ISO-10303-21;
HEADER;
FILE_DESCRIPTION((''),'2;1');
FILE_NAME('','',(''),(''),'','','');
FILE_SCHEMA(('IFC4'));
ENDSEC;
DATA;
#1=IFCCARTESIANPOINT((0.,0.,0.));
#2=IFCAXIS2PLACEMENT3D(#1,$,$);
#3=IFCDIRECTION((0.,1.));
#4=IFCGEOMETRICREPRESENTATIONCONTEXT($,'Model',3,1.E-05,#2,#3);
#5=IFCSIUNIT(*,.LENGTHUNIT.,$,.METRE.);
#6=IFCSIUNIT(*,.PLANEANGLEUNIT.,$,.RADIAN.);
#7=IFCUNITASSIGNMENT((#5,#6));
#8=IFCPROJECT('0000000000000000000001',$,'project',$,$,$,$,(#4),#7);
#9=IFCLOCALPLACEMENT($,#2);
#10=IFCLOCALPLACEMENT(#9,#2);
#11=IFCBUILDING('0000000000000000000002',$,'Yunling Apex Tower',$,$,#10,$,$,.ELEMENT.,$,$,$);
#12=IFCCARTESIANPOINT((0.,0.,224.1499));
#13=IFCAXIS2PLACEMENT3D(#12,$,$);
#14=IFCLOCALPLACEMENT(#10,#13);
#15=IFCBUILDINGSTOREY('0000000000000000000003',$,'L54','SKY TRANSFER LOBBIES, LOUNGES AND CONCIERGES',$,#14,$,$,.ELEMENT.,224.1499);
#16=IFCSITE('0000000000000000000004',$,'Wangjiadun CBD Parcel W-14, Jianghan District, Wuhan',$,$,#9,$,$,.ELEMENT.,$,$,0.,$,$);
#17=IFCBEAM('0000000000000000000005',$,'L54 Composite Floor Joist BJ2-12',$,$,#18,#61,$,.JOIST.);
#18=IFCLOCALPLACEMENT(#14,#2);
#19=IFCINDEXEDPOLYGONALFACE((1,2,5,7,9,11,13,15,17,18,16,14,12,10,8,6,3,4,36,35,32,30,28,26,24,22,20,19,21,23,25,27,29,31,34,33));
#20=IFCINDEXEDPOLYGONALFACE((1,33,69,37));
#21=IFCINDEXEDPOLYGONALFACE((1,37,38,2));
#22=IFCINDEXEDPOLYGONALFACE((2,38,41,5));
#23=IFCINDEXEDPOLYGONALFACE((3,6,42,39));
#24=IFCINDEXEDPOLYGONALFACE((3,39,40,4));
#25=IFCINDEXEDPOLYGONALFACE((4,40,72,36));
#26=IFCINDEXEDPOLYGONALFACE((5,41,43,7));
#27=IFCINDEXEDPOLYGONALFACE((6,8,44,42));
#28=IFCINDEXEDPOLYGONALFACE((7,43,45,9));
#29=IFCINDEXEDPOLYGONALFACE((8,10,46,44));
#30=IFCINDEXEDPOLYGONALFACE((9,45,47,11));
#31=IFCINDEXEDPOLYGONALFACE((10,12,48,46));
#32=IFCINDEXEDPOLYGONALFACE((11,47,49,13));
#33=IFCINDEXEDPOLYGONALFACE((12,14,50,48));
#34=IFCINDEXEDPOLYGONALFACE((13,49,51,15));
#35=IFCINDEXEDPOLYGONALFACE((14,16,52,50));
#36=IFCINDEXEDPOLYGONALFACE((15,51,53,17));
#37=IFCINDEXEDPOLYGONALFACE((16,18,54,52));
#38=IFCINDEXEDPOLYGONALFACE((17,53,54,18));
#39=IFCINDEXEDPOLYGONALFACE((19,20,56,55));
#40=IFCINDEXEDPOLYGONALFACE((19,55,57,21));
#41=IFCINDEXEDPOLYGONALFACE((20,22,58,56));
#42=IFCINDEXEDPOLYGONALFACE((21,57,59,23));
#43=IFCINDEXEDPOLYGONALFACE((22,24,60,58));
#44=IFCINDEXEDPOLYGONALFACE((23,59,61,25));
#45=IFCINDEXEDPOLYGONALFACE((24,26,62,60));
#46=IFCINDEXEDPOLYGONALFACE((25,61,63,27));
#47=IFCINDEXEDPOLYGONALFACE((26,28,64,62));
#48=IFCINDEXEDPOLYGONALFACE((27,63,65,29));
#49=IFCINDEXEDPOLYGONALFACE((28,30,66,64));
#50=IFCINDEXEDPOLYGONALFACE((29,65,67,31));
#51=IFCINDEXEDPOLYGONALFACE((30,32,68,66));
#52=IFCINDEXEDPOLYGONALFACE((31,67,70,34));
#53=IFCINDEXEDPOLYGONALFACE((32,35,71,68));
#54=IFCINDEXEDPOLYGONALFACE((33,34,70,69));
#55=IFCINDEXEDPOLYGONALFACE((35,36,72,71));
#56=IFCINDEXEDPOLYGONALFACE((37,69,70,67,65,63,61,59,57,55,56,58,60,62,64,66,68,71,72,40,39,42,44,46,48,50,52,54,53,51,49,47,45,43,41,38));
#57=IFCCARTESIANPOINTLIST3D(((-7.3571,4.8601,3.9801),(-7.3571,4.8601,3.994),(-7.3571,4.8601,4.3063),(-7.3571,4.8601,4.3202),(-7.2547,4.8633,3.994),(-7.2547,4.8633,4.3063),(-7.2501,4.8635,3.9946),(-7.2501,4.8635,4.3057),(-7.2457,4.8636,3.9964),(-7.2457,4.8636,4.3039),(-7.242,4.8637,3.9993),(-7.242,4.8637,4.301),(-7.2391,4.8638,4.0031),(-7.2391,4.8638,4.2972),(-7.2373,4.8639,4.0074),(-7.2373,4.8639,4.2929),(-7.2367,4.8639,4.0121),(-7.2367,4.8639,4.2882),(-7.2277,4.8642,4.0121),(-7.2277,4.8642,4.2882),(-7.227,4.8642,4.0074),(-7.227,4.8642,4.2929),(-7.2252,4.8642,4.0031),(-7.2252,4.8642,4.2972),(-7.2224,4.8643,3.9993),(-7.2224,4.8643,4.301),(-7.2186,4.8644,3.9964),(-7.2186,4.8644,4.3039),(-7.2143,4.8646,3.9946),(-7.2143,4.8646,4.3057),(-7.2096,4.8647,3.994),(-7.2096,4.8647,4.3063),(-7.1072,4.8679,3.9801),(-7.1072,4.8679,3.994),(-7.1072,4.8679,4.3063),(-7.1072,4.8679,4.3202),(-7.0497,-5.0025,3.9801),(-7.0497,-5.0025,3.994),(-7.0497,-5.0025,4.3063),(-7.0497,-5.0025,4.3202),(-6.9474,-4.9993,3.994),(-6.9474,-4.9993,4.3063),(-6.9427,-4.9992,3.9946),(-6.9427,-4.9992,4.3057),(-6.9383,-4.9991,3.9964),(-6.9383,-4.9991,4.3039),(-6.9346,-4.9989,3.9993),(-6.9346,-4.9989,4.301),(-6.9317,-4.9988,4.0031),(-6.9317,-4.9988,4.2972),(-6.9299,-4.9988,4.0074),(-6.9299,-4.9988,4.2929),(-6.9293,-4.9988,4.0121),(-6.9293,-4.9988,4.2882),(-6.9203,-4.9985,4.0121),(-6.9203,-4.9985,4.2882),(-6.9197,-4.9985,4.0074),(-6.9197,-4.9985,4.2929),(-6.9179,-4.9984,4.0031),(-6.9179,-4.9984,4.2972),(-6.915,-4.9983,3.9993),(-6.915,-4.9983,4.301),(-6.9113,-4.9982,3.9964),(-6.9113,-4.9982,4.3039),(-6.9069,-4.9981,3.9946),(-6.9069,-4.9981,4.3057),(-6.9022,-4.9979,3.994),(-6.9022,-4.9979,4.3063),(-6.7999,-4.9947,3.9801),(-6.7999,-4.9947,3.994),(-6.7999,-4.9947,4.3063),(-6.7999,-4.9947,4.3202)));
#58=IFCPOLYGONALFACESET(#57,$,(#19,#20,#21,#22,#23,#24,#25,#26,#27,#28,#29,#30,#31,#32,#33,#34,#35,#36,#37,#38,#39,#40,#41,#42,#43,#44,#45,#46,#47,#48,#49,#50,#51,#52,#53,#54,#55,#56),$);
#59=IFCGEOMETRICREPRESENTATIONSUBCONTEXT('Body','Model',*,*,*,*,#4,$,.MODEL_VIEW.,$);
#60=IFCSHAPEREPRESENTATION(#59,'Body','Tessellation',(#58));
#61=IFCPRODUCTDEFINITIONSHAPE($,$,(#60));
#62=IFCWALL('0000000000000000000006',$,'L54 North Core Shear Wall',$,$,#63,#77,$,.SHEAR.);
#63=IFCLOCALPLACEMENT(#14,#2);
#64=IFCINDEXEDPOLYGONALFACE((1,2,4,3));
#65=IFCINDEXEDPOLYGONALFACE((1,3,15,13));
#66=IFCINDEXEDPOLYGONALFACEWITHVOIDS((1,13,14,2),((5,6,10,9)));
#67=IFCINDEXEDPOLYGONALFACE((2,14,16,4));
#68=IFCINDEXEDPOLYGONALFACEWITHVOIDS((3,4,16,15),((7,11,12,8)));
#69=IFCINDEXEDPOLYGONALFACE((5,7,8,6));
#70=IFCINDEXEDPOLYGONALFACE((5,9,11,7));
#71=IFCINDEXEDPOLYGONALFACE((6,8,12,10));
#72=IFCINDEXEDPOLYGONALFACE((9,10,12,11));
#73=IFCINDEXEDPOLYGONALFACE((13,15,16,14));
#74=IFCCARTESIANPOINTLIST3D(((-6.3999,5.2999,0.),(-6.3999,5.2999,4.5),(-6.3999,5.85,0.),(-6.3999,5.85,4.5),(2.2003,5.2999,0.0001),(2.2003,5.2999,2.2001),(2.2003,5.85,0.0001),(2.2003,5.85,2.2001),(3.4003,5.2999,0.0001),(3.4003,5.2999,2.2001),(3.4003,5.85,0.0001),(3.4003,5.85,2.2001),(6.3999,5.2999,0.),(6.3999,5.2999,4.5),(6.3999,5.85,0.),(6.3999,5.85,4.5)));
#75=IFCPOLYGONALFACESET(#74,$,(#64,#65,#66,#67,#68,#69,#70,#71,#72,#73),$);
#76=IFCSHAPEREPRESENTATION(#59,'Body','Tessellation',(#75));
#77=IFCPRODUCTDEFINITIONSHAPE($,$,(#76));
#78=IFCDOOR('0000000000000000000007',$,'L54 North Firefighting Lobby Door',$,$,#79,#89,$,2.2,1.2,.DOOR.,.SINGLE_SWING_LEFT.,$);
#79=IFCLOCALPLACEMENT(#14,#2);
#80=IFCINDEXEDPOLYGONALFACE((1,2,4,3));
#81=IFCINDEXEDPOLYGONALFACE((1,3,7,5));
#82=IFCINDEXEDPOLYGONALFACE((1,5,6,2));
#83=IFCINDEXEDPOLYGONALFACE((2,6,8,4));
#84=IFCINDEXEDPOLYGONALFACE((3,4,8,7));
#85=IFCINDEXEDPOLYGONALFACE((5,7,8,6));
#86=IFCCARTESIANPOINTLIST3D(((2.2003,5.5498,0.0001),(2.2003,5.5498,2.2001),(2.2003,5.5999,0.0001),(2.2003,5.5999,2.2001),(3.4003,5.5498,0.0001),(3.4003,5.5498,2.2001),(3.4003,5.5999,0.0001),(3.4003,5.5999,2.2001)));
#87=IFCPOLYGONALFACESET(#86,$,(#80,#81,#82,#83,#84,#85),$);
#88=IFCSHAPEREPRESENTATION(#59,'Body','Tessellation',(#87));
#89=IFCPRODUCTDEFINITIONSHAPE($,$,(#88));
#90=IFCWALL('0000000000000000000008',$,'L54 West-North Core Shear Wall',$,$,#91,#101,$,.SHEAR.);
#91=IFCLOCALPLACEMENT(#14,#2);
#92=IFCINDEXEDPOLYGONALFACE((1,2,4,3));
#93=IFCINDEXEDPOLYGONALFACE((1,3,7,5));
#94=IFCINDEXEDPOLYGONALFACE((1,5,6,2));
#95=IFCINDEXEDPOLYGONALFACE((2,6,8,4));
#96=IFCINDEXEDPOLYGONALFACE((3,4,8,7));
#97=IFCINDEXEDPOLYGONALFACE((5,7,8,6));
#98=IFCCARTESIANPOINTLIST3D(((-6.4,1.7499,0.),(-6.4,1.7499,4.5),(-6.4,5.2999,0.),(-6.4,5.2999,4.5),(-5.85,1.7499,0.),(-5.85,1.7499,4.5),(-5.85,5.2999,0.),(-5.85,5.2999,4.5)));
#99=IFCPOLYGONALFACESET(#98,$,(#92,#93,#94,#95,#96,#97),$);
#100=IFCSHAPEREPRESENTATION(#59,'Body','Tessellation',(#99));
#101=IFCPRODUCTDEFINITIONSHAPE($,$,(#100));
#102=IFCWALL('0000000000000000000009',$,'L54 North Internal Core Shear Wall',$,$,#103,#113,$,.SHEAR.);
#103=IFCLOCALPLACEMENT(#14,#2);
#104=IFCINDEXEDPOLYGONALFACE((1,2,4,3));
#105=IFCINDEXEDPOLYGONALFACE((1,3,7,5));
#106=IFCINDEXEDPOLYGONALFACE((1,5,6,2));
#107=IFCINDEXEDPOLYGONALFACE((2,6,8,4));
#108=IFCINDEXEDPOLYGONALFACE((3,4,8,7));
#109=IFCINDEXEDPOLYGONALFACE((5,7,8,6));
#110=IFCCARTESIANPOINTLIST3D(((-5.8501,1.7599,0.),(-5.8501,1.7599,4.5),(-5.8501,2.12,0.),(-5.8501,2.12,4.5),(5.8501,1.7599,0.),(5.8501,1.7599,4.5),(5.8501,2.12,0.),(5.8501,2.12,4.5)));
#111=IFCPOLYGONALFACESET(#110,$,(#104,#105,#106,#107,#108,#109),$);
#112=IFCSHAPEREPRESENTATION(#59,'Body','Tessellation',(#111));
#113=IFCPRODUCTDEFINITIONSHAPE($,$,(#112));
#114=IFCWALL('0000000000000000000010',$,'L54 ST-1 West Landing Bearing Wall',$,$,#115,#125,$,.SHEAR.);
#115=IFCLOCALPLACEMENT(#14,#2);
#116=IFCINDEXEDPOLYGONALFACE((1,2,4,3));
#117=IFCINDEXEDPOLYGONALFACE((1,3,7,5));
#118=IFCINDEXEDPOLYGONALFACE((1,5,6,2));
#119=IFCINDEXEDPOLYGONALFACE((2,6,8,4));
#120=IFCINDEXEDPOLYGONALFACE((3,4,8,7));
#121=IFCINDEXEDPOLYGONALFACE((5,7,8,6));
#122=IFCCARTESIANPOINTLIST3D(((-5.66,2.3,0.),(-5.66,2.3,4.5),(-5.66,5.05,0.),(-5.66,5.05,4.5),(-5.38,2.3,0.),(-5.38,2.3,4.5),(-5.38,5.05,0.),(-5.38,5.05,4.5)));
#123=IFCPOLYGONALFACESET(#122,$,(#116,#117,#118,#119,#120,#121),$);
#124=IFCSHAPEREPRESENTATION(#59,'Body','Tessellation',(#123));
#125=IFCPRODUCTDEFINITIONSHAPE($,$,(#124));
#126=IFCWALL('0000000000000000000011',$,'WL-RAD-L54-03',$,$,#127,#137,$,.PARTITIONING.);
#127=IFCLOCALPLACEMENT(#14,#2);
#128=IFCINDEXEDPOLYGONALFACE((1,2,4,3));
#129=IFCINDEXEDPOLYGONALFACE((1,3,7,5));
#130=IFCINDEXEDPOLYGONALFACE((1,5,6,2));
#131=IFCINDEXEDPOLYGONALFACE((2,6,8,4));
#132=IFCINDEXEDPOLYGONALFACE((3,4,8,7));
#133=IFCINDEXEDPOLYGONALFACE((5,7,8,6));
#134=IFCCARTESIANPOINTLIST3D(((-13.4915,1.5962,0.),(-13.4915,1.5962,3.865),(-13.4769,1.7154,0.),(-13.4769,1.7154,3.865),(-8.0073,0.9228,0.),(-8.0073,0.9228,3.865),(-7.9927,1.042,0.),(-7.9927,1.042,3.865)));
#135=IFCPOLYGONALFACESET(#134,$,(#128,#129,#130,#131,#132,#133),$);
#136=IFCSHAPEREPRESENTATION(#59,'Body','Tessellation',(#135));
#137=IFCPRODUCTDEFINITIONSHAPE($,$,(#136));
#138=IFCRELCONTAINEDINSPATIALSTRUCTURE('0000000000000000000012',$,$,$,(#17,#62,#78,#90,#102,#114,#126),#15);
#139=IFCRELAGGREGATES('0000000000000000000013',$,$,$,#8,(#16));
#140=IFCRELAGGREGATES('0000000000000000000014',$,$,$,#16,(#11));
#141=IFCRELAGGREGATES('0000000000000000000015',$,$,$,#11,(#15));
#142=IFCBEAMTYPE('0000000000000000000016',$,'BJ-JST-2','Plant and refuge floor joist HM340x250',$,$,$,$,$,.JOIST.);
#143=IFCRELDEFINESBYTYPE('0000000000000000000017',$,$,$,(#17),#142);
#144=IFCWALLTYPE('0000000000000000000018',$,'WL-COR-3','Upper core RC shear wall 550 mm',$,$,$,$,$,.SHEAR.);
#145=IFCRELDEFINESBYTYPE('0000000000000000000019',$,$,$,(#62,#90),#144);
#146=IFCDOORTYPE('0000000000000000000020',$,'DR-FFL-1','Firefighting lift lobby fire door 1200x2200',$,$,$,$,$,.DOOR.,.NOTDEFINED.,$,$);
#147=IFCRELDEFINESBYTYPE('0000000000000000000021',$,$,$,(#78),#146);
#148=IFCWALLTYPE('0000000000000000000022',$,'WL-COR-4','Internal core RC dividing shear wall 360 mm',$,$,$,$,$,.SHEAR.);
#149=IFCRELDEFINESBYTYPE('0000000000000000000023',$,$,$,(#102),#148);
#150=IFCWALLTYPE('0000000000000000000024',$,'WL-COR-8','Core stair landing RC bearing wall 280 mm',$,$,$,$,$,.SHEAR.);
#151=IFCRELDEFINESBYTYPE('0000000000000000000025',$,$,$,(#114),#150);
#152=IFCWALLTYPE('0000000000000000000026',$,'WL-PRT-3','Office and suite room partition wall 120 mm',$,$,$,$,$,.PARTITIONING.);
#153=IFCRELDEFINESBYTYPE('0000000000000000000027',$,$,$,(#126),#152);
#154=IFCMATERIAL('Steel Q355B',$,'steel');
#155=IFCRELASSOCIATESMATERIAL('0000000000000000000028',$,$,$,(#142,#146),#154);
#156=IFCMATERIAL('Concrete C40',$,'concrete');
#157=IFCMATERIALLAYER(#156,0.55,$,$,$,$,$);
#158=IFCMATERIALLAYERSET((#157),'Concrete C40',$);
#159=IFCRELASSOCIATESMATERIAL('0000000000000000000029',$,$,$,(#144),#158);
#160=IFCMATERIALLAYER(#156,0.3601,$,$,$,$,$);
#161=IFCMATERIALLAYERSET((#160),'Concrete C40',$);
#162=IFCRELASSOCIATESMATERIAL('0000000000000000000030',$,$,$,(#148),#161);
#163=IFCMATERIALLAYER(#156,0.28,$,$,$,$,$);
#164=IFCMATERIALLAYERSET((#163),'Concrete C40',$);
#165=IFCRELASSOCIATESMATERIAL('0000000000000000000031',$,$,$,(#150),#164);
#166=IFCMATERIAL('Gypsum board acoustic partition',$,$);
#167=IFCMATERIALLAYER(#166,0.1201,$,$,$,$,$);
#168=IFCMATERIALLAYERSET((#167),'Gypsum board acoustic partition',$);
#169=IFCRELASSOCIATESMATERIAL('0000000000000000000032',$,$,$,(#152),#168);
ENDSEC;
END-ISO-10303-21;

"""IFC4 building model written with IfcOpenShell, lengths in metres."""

from ifc_helpers import new_model, si_unit, direction, frame, frame_2d, origin, origin_2d, place, context, subcontext, project, spatial, rectangle, i_section, extrude, source, transform, mapped, material, layer, layer_set, material_profile, profile_set, type_object, element, fill, save


model = new_model("IFC4")

# Units and contexts
model_context = context("Model", 3, precision=1e-05, world=origin(), true_north=direction((0.0, 1.0)))
body_context = subcontext(model_context, "Body", "Model", "MODEL_VIEW")
ifc_project = project(units=[si_unit("LENGTHUNIT", "METRE"), si_unit("PLANEANGLEUNIT", "RADIAN")], contexts=[model_context])

# Site, building, storey
site_placement = place(None, origin())
site = spatial("IfcSite", under=ifc_project, at=site_placement, Name="Wangjiadun CBD Parcel W-14, Jianghan District, Wuhan", CompositionType="ELEMENT", RefElevation=0.0)
building_placement = place(site_placement, origin())
building = spatial("IfcBuilding", under=site, at=building_placement, Name="Yunling Apex Tower", CompositionType="ELEMENT")
storey_placement = place(building_placement, frame((0.0, 0.0, 224.1499)))
storey = spatial("IfcBuildingStorey", under=building, at=storey_placement, Name="L54", Description="SKY TRANSFER LOBBIES, LOUNGES AND CONCIERGES", CompositionType="ELEMENT", Elevation=224.1499)

# Beam
ifc_material_1 = material(Name="Steel Q355B", Category="steel")
ifc_material_profile_1 = material_profile(ifc_material_1, i_section(OverallWidth=0.25, OverallDepth=0.3401, WebThickness=0.009, FlangeThickness=0.0139, FilletRadius=0.0181, at=origin_2d()))
ifc_profile_set_1 = profile_set([ifc_material_profile_1], Name="Steel Q355B")
beam_type_1 = type_object("IfcBeamType", Name="BJ-JST-2", Description="Plant and refuge floor joist HM340x250", PredefinedType="JOIST", material=ifc_profile_set_1)
shared_shape_1 = source(origin(), body_context, "Body", "SweptSolid", [
    extrude(i_section(OverallWidth=0.25, OverallDepth=0.3401, WebThickness=0.009, FlangeThickness=0.0139, FilletRadius=0.0181, at=origin_2d()), origin(), (0.0, 0.0, 1.0), 9.8674),
])
beam_1_placement = place(storey_placement, frame((-7.2322, 4.864, 4.1501), z_axis=(0.031151, -0.999515, 0.0), x_axis=(0.999515, 0.031151, 0.0)))
element("IfcBeam", 1, at=beam_1_placement, inside=storey, type_object=beam_type_1, Name="L54 Composite Floor Joist BJ2-12", PredefinedType="JOIST", context=body_context, shape_type="MappedRepresentation", body=[
    mapped(shared_shape_1, transform((0.0, 0.0, 0.0), scale=1.0)),
])

# Wall, opening, door
ifc_material_2 = material(Name="Concrete C40", Category="concrete")
ifc_layer_1 = layer(ifc_material_2, 0.55)
ifc_layer_set_1 = layer_set([ifc_layer_1], Name="Concrete C40")
wall_type_1 = type_object("IfcWallType", Name="WL-COR-3", Description="Upper core RC shear wall 550 mm", PredefinedType="SHEAR", material=ifc_layer_set_1)
wall_1_placement = place(storey_placement, frame((-6.3999, 5.575, 0.0), z_axis=(0.0, 0.0, 1.0), x_axis=(1.0, 0.0, 0.0)))
wall_1 = element("IfcWall", 2, at=wall_1_placement, inside=storey, type_object=wall_type_1, Name="L54 North Core Shear Wall", PredefinedType="SHEAR", context=body_context, shape_type="SweptSolid", body=[
    extrude(rectangle(XDim=12.7998, YDim=0.55, at=frame_2d((6.3999, 0.0))), origin(), (0.0, 0.0, 1.0), 4.5),
])
opening_1_placement = place(wall_1_placement, frame((8.6001, 0.0, 0.0)))
opening_1 = element("IfcOpeningElement", 3, at=opening_1_placement, cuts=wall_1, PredefinedType="OPENING", context=body_context, shape_type="SweptSolid", body=[
    extrude(rectangle(XDim=1.2, YDim=2.2, at=frame_2d((0.6001, 1.1001))), frame((0.0, 0.2852, 0.0), z_axis=(0.0, -1.0, 0.0), x_axis=(1.0, 0.0, 0.0)), (0.0, 0.0, 1.0), 0.5701),
])
door_type_1 = type_object("IfcDoorType", Name="DR-FFL-1", Description="Firefighting lift lobby fire door 1200x2200", OperationType="NOTDEFINED", PredefinedType="DOOR", material=ifc_material_1)
door_1_placement = place(opening_1_placement, origin())
door_1 = element("IfcDoor", 4, at=door_1_placement, inside=storey, type_object=door_type_1, Name="L54 North Firefighting Lobby Door", OperationType="SINGLE_SWING_LEFT", OverallHeight=2.2, OverallWidth=1.2, PredefinedType="DOOR", context=body_context, shape_type="SweptSolid", body=[
    extrude(rectangle(XDim=1.2, YDim=2.2, at=frame_2d((0.6001, 1.1001))), frame((0.0, 0.0249, 0.0), z_axis=(0.0, -1.0, 0.0), x_axis=(1.0, 0.0, 0.0)), (0.0, 0.0, 1.0), 0.05),
])
fill(opening_1, door_1)

# Walls
wall_2_placement = place(storey_placement, frame((-6.125, 1.75, 0.0), z_axis=(0.0, 0.0, 1.0), x_axis=(0.0, 1.0, 0.0)))
element("IfcWall", 5, at=wall_2_placement, inside=storey, type_object=wall_type_1, Name="L54 West-North Core Shear Wall", PredefinedType="SHEAR", context=body_context, shape_type="SweptSolid", body=[
    extrude(rectangle(XDim=3.55, YDim=0.55, at=frame_2d((1.7749, 0.0))), origin(), (0.0, 0.0, 1.0), 4.5),
])
ifc_layer_2 = layer(ifc_material_2, 0.3601)
ifc_layer_set_2 = layer_set([ifc_layer_2], Name="Concrete C40")
wall_type_2 = type_object("IfcWallType", Name="WL-COR-4", Description="Internal core RC dividing shear wall 360 mm", PredefinedType="SHEAR", material=ifc_layer_set_2)
wall_3_placement = place(storey_placement, frame((-5.8501, 1.9399, 0.0), z_axis=(0.0, 0.0, 1.0), x_axis=(1.0, 0.0, 0.0)))
element("IfcWall", 6, at=wall_3_placement, inside=storey, type_object=wall_type_2, Name="L54 North Internal Core Shear Wall", PredefinedType="SHEAR", context=body_context, shape_type="SweptSolid", body=[
    extrude(rectangle(XDim=11.7002, YDim=0.3601, at=frame_2d((5.8501, 0.0))), origin(), (0.0, 0.0, 1.0), 4.5),
])
ifc_layer_3 = layer(ifc_material_2, 0.28)
ifc_layer_set_3 = layer_set([ifc_layer_3], Name="Concrete C40")
wall_type_3 = type_object("IfcWallType", Name="WL-COR-8", Description="Core stair landing RC bearing wall 280 mm", PredefinedType="SHEAR", material=ifc_layer_set_3)
wall_4_placement = place(storey_placement, frame((-5.52, 2.3, 0.0), z_axis=(0.0, 0.0, 1.0), x_axis=(0.0, 1.0, 0.0)))
element("IfcWall", 7, at=wall_4_placement, inside=storey, type_object=wall_type_3, Name="L54 ST-1 West Landing Bearing Wall", PredefinedType="SHEAR", context=body_context, shape_type="SweptSolid", body=[
    extrude(rectangle(XDim=2.75, YDim=0.28, at=frame_2d((1.375, 0.0))), origin(), (0.0, 0.0, 1.0), 4.5),
])
ifc_material_3 = material(Name="Gypsum board acoustic partition")
ifc_layer_4 = layer(ifc_material_3, 0.1201)
ifc_layer_set_4 = layer_set([ifc_layer_4], Name="Gypsum board acoustic partition")
wall_type_4 = type_object("IfcWallType", Name="WL-PRT-3", Description="Office and suite room partition wall 120 mm", PredefinedType="PARTITIONING", material=ifc_layer_set_4)
wall_5_placement = place(storey_placement, frame((-8.0, 0.9824, 0.0), z_axis=(0.0, 0.0, 1.0), x_axis=(-0.992547, 0.121865, 0.0)))
element("IfcWall", 8, at=wall_5_placement, inside=storey, type_object=wall_type_4, Name="WL-RAD-L54-03", PredefinedType="PARTITIONING", context=body_context, shape_type="SweptSolid", body=[
    extrude(rectangle(XDim=5.5254, YDim=0.1201, at=frame_2d((2.7627, 0.0))), origin(), (0.0, 0.0, 1.0), 3.865),
])

save(model, "model.ifc")
